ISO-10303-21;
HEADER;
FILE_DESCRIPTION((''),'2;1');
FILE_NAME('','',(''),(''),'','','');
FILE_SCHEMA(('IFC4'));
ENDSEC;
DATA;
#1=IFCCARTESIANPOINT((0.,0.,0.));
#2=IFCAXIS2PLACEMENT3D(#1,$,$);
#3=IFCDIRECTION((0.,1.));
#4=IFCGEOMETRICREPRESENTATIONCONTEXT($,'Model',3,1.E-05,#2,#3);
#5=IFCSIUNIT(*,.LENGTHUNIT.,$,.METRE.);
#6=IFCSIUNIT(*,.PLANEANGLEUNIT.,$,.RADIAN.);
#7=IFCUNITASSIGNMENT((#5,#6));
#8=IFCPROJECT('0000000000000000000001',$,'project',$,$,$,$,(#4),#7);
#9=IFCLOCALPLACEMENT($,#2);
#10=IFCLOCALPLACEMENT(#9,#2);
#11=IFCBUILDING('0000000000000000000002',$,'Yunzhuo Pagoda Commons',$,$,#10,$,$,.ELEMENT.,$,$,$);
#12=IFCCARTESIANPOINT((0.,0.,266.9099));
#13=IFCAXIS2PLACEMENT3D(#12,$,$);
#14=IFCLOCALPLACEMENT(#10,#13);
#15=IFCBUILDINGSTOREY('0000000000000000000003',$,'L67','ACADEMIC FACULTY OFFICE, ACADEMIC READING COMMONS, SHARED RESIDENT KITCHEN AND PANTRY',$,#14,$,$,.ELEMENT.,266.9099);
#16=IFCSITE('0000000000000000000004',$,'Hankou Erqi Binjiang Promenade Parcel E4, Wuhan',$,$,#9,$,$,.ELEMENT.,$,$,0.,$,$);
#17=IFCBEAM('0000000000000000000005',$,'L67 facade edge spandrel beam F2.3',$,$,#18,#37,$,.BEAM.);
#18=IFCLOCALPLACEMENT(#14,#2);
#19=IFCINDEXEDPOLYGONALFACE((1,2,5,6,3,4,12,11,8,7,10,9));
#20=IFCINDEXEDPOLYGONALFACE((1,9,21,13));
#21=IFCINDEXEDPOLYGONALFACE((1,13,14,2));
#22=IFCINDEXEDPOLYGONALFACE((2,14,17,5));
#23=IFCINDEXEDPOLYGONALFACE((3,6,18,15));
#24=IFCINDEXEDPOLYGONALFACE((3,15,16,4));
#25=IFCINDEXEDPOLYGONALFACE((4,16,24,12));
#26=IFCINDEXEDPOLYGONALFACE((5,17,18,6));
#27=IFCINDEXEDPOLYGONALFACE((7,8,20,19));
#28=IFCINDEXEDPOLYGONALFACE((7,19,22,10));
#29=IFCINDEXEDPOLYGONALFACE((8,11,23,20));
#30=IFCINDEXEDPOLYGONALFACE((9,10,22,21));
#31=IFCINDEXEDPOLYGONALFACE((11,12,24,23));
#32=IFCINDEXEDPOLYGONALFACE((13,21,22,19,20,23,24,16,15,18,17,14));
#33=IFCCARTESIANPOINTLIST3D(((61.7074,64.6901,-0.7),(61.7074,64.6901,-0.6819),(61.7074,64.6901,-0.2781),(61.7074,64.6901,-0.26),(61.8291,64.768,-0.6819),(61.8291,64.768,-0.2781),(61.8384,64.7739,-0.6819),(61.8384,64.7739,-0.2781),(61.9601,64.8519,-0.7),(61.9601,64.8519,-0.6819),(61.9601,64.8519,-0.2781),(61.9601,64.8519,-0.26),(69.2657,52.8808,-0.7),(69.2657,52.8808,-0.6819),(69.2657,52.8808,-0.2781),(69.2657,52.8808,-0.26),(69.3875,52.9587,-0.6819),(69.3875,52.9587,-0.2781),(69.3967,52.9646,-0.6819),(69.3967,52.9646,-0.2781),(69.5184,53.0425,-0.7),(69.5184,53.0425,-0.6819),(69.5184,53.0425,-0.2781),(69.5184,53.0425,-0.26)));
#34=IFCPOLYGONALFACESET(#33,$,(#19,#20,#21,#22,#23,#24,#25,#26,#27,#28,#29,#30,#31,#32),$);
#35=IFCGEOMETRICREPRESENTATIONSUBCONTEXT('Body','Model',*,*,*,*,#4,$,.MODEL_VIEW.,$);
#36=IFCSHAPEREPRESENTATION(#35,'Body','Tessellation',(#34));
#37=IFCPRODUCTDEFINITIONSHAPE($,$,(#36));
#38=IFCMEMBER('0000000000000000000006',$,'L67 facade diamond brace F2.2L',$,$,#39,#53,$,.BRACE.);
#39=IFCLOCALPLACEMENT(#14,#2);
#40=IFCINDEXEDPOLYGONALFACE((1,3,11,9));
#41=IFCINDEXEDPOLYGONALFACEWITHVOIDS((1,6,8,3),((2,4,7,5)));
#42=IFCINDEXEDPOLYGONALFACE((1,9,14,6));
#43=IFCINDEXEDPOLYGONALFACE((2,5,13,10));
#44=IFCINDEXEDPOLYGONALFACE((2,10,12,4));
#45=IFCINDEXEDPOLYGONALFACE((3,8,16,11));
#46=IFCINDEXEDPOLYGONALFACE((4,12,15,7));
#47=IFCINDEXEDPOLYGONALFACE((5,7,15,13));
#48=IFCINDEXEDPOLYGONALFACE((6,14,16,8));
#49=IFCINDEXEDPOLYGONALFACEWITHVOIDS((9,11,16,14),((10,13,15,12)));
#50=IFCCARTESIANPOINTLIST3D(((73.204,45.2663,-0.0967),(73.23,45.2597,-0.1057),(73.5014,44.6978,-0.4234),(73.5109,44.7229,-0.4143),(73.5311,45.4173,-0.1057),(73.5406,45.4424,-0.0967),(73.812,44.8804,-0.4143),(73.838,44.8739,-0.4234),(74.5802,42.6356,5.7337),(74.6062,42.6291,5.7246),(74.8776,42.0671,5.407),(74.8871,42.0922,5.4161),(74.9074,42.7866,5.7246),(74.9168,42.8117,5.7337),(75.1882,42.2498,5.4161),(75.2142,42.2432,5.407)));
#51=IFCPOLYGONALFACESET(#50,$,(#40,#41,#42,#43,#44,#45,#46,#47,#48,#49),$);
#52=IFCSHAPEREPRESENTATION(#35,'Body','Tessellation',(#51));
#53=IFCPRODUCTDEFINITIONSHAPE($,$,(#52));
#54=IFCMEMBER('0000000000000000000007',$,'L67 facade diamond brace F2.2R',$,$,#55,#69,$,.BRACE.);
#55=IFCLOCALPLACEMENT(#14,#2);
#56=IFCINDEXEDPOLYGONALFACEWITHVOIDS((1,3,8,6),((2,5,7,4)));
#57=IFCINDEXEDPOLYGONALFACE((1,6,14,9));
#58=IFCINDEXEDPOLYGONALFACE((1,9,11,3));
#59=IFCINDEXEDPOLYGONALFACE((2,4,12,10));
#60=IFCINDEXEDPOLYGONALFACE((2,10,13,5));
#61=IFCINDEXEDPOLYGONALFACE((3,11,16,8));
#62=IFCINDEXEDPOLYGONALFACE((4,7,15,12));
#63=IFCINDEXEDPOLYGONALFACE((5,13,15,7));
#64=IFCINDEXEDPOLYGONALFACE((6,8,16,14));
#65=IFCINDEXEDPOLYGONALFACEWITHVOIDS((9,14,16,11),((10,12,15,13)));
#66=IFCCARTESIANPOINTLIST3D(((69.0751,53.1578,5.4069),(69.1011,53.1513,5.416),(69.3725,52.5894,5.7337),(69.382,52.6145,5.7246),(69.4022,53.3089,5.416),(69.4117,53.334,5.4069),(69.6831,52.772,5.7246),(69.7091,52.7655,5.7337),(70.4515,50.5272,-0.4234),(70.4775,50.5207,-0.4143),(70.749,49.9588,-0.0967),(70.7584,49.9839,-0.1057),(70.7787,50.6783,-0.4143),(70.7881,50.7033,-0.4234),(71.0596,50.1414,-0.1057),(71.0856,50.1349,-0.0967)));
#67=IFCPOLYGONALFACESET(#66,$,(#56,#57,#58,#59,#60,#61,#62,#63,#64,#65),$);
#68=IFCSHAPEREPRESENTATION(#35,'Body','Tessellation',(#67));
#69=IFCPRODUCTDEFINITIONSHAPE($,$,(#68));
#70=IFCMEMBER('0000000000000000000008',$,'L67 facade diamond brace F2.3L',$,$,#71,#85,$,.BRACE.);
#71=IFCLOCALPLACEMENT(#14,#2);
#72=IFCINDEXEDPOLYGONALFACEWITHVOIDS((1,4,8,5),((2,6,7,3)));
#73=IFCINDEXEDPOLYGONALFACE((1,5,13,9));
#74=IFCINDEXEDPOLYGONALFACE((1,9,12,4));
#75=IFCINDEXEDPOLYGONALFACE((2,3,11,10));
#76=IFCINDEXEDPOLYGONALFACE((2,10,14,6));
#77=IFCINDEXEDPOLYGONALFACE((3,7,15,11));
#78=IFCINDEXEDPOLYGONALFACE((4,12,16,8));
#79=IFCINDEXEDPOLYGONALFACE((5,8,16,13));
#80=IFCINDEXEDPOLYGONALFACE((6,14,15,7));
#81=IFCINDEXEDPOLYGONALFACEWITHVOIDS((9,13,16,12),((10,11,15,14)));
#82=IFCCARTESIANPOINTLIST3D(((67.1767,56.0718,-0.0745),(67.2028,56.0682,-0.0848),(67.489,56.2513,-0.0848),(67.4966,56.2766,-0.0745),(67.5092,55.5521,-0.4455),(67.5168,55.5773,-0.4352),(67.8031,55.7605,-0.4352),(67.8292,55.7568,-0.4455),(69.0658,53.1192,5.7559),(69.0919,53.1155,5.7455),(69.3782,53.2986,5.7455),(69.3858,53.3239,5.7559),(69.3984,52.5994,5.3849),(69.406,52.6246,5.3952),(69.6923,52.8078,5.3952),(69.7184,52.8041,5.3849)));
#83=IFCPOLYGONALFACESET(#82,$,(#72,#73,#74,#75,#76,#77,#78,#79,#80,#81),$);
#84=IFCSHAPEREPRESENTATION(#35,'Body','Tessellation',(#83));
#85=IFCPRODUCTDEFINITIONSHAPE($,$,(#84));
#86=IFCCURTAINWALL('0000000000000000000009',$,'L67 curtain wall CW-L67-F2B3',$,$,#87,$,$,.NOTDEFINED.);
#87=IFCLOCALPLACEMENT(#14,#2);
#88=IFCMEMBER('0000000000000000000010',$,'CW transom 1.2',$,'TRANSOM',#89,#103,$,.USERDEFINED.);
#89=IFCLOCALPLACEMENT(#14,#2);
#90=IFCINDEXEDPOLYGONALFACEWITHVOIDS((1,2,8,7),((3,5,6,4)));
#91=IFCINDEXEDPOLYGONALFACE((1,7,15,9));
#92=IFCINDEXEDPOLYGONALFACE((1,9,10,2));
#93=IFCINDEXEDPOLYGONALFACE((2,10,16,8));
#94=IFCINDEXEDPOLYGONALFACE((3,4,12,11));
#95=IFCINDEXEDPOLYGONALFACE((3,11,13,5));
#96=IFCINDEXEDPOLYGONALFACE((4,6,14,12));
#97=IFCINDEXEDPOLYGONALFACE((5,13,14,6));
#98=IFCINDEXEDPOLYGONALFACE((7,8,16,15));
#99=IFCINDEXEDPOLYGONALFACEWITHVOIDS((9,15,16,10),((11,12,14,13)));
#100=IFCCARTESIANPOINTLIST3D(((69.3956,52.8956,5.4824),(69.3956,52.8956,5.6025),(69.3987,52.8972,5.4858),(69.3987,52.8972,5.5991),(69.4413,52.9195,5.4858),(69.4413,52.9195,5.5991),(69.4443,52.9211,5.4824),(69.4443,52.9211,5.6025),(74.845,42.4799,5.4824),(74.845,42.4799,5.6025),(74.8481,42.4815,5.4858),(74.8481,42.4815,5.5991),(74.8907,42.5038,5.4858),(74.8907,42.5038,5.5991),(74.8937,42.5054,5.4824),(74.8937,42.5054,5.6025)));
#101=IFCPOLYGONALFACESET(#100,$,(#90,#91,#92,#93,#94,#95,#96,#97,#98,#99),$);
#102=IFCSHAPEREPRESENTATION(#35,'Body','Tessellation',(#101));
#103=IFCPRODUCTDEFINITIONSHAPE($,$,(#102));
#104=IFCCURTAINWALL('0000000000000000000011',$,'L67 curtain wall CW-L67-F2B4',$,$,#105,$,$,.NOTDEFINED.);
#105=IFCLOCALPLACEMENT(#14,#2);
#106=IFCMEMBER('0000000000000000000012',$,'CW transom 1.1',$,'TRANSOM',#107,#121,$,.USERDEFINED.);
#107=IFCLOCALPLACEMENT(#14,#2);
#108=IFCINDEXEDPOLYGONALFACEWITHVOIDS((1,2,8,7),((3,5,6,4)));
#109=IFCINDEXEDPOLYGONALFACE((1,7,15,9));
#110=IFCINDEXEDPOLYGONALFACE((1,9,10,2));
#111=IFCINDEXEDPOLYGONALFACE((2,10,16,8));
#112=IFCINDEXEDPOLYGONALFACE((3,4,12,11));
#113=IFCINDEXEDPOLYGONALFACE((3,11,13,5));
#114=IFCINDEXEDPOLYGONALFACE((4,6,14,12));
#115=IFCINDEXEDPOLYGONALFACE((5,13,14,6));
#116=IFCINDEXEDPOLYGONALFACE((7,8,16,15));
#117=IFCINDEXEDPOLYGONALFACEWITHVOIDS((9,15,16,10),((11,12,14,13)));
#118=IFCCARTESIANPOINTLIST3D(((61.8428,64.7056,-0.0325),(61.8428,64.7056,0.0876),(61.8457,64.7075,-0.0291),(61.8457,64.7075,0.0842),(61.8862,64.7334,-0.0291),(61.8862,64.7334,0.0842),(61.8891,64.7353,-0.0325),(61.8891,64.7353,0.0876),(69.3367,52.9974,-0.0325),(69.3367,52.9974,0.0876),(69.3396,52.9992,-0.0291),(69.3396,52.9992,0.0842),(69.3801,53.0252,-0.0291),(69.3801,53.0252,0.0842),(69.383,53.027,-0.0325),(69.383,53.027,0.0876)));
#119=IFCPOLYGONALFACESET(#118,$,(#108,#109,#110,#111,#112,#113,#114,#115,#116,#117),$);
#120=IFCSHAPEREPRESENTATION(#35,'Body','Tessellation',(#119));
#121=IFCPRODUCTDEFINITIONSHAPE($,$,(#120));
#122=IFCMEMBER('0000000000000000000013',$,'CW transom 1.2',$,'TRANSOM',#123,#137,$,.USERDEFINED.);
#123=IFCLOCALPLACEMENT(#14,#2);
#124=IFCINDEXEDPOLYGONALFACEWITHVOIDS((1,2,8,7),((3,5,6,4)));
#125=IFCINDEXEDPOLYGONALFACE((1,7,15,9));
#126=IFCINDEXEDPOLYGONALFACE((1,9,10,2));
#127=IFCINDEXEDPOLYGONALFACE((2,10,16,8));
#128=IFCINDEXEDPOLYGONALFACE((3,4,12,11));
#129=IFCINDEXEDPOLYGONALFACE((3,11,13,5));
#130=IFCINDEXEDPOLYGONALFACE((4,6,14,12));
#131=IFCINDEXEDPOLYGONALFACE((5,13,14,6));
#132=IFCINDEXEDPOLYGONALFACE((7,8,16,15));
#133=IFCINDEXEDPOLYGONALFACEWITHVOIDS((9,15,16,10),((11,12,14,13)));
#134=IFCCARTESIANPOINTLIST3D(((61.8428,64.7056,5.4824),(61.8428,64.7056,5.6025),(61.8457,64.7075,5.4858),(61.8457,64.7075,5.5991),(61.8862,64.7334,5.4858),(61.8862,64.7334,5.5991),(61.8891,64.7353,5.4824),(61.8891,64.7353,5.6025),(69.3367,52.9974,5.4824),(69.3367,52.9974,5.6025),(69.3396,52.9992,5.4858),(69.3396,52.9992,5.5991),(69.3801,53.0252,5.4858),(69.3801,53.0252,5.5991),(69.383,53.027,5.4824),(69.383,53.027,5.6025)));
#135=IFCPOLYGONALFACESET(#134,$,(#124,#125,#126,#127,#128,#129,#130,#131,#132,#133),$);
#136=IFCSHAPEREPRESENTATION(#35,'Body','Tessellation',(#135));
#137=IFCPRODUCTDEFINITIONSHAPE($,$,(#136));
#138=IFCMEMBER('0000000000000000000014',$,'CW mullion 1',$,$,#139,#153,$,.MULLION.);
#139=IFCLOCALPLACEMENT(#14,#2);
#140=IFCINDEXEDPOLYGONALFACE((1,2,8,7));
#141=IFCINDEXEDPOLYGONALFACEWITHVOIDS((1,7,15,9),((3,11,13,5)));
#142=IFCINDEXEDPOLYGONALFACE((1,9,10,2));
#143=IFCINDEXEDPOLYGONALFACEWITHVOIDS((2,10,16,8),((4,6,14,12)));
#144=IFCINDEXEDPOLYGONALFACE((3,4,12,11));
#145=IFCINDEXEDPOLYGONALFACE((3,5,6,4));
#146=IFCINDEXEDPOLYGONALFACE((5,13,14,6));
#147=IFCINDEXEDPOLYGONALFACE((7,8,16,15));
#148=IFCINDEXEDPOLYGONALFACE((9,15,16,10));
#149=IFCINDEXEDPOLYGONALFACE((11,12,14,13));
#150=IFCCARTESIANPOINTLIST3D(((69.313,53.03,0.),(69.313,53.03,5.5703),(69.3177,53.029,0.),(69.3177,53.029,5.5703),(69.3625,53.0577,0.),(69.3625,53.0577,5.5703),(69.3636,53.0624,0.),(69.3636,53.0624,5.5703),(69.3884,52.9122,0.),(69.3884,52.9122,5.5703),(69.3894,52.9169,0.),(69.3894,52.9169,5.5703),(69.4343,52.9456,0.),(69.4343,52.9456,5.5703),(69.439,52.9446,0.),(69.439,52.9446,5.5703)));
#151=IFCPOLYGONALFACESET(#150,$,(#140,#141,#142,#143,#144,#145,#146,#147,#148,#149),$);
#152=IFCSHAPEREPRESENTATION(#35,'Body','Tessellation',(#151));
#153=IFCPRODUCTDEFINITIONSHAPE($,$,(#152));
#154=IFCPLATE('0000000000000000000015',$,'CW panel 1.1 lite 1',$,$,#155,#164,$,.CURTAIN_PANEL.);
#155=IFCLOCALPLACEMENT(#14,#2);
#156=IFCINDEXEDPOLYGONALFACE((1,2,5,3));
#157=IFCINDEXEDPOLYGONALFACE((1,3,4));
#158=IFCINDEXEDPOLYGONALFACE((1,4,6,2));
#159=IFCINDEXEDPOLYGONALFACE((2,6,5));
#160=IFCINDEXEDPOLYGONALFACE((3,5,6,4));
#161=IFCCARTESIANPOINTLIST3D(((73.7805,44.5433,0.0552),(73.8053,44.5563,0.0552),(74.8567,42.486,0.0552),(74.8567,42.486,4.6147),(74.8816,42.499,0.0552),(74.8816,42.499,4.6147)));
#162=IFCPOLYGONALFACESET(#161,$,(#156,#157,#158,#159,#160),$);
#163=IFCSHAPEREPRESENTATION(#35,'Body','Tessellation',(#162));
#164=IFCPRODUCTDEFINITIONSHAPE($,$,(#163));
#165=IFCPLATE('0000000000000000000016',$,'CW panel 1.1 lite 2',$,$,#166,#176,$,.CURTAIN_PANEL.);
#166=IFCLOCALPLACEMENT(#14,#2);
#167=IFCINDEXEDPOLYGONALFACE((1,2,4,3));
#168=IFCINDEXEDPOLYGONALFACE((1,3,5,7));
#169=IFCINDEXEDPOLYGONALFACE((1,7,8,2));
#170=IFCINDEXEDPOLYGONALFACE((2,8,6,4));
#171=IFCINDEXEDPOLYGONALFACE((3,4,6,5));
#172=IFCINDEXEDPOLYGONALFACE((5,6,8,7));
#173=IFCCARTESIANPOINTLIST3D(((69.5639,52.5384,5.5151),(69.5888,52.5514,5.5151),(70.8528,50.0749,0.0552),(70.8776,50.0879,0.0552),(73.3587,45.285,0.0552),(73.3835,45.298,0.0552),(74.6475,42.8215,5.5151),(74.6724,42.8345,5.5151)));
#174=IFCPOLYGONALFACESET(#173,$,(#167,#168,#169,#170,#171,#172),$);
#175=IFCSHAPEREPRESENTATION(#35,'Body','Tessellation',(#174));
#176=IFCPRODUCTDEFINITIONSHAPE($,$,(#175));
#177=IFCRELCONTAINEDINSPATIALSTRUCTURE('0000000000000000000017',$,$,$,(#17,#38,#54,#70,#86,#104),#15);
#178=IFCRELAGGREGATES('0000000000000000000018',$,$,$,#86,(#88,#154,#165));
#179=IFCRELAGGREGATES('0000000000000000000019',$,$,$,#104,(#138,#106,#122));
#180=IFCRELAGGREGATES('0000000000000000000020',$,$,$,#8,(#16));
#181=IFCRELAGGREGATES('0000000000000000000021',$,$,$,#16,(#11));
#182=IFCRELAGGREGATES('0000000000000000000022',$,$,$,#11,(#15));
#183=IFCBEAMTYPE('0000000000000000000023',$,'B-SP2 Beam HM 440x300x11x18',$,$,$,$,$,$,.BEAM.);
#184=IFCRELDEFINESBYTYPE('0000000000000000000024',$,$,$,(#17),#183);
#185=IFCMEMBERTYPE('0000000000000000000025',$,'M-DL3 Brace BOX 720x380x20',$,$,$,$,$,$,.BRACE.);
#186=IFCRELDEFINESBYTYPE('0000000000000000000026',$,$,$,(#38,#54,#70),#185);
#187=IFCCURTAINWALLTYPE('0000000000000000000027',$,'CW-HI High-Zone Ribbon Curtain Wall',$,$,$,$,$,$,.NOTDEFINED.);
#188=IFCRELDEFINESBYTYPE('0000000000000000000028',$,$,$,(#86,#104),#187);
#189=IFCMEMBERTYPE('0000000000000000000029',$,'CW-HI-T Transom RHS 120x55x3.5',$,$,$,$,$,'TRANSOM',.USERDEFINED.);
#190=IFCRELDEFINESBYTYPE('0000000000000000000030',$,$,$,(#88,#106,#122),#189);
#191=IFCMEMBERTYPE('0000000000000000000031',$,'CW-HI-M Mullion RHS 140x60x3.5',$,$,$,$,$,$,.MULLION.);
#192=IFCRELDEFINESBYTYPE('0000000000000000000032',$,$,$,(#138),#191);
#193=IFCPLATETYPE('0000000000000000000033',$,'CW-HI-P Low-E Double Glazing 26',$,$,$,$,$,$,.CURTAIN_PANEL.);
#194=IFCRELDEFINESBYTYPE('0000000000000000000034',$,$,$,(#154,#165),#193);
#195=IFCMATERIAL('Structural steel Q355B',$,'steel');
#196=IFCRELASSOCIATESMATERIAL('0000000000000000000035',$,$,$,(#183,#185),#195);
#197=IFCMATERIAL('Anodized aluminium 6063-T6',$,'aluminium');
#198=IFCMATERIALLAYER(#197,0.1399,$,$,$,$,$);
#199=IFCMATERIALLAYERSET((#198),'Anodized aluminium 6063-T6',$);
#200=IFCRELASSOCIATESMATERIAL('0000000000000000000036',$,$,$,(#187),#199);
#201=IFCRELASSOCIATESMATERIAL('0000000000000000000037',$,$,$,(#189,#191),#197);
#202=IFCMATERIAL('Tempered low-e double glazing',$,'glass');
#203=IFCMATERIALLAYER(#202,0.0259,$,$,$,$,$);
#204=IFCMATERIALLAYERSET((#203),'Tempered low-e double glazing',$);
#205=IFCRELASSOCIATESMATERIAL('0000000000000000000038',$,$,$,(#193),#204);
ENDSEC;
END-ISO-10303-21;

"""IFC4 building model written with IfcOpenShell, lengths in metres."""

from ifc_helpers import new_model, si_unit, direction, frame, origin, origin_2d, place, context, subcontext, project, spatial, polyline, hollow_rectangle, i_section, outline, extrude, source, transform, mapped, material, layer, layer_set, material_profile, profile_set, type_object, element, aggregate, save


model = new_model("IFC4")

# Units and contexts
model_context = context("Model", 3, precision=1e-05, world=origin(), true_north=direction((0.0, 1.0)))
body_context = subcontext(model_context, "Body", "Model", "MODEL_VIEW")
ifc_project = project(units=[si_unit("LENGTHUNIT", "METRE"), si_unit("PLANEANGLEUNIT", "RADIAN")], contexts=[model_context])

# Site, building, storey
site_placement = place(None, origin())
site = spatial("IfcSite", under=ifc_project, at=site_placement, Name="Hankou Erqi Binjiang Promenade Parcel E4, Wuhan", CompositionType="ELEMENT", RefElevation=0.0)
building_placement = place(site_placement, origin())
building = spatial("IfcBuilding", under=site, at=building_placement, Name="Yunzhuo Pagoda Commons", CompositionType="ELEMENT")
storey_placement = place(building_placement, frame((0.0, 0.0, 266.9099)))
storey = spatial("IfcBuildingStorey", under=building, at=storey_placement, Name="L67", Description="ACADEMIC FACULTY OFFICE, ACADEMIC READING COMMONS, SHARED RESIDENT KITCHEN AND PANTRY", CompositionType="ELEMENT", Elevation=266.9099)

# Shared definitions
ifc_material_1 = material(Name="Structural steel Q355B", Category="steel")

# Beam
ifc_material_profile_1 = material_profile(ifc_material_1, i_section(OverallWidth=0.3, OverallDepth=0.4399, WebThickness=0.011, FlangeThickness=0.0181, at=origin_2d()), Name="Structural steel Q355B")
ifc_profile_set_1 = profile_set([ifc_material_profile_1], Name="Structural steel Q355B")
beam_type_1 = type_object("IfcBeamType", Name="B-SP2 Beam HM 440x300x11x18", PredefinedType="BEAM", material=ifc_profile_set_1)
shared_shape_1 = source(origin(), body_context, "Body", "SweptSolid", [
    extrude(i_section(OverallWidth=0.3, OverallDepth=0.4399, WebThickness=0.011, FlangeThickness=0.0181, at=origin_2d()), origin(), (0.0, 0.0, 1.0), 14.021),
])
beam_1_placement = place(storey_placement, frame((69.3921, 52.9617, -0.48), z_axis=(-0.539073, 0.842259, 0.0), x_axis=(-0.842259, -0.539073, 0.0)))
element("IfcBeam", 1, at=beam_1_placement, inside=storey, type_object=beam_type_1, Name="L67 facade edge spandrel beam F2.3", PredefinedType="BEAM", context=body_context, shape_type="MappedRepresentation", body=[
    mapped(shared_shape_1, transform((0.0, 0.0, 0.0), scale=1.0)),
])

# Members
ifc_material_profile_2 = material_profile(ifc_material_1, hollow_rectangle(XDim=0.3799, YDim=0.72, WallThickness=0.02, at=origin_2d()), Name="Structural steel Q355B")
ifc_profile_set_2 = profile_set([ifc_material_profile_2], Name="Structural steel Q355B")
member_type_1 = type_object("IfcMemberType", Name="M-DL3 Brace BOX 720x380x20", PredefinedType="BRACE", material=ifc_profile_set_2)
shared_shape_2 = source(origin(), body_context, "Body", "SweptSolid", [
    extrude(hollow_rectangle(XDim=0.3799, YDim=0.72, WallThickness=0.02, at=origin_2d()), origin(), (0.0, 0.0, 1.0), 6.5427),
])
for number, where, z_axis, x_axis, name in (
    (2, (73.521, 45.0701, -0.26), (0.210345, -0.402069, 0.89112), (0.88607, 0.463552, 0.0), "L67 facade diamond brace F2.2L"),
    (3, (70.7686, 50.3311, -0.26), (-0.21038, 0.402066, 0.891113), (-0.886036, -0.463617, 0.0), "L67 facade diamond brace F2.2R"),
):
    element("IfcMember", number, at=place(storey_placement, frame(where, z_axis=z_axis, x_axis=x_axis)), inside=storey, type_object=member_type_1, Name=name, PredefinedType="BRACE", context=body_context, shape_type="MappedRepresentation", body=[
        mapped(shared_shape_2, transform((0.0, 0.0, 0.0), scale=1.0)),
    ])
shared_shape_3 = source(origin(), body_context, "Body", "SweptSolid", [
    extrude(hollow_rectangle(XDim=0.3799, YDim=0.72, WallThickness=0.02, at=origin_2d()), origin(), (0.0, 0.0, 1.0), 6.803),
])
member_1_placement = place(storey_placement, frame((67.5029, 55.9143, -0.26), z_axis=(0.277699, -0.434025, 0.857033), x_axis=(0.84234, 0.538947, 0.0)))
element("IfcMember", 4, at=member_1_placement, inside=storey, type_object=member_type_1, Name="L67 facade diamond brace F2.3L", PredefinedType="BRACE", context=body_context, shape_type="MappedRepresentation", body=[
    mapped(shared_shape_3, transform((0.0, 0.0, 0.0), scale=1.0)),
])

# Curtain wall, member
ifc_material_2 = material(Name="Anodized aluminium 6063-T6", Category="aluminium")
ifc_layer_1 = layer(ifc_material_2, 0.1399)
ifc_layer_set_1 = layer_set([ifc_layer_1], Name="Anodized aluminium 6063-T6")
curtain_wall_type = type_object("IfcCurtainWallType", Name="CW-HI High-Zone Ribbon Curtain Wall", PredefinedType="NOTDEFINED", material=ifc_layer_set_1)
curtain_wall_1_placement = place(storey_placement, origin())
curtain_wall_1 = element("IfcCurtainWall", 5, at=curtain_wall_1_placement, inside=storey, type_object=curtain_wall_type, Name="L67 curtain wall CW-L67-F2B3", PredefinedType="NOTDEFINED")
ifc_material_profile_3 = material_profile(ifc_material_2, hollow_rectangle(XDim=0.0549, YDim=0.1201, WallThickness=0.0034, at=origin_2d()), Name="Anodized aluminium 6063-T6")
ifc_profile_set_3 = profile_set([ifc_material_profile_3], Name="Anodized aluminium 6063-T6")
member_type_2 = type_object("IfcMemberType", Name="CW-HI-T Transom RHS 120x55x3.5", ElementType="TRANSOM", PredefinedType="USERDEFINED", material=ifc_profile_set_3)
shared_shape_4 = source(origin(), body_context, "Body", "SweptSolid", [
    extrude(hollow_rectangle(XDim=0.0549, YDim=0.1201, WallThickness=0.0034, at=origin_2d()), origin(), (0.0, 0.0, 1.0), 11.7551),
])
member_2_placement = place(storey_placement, frame((74.8694, 42.4927, 5.5425), z_axis=(-0.463579, 0.886056, 0.0), x_axis=(-0.886056, -0.463579, 0.0)))
member_2 = element("IfcMember", 6, at=member_2_placement, type_object=member_type_2, Name="CW transom 1.2", ObjectType="TRANSOM", PredefinedType="USERDEFINED", context=body_context, shape_type="MappedRepresentation", body=[
    mapped(shared_shape_4, transform((0.0, 0.0, 0.0), scale=1.0)),
])

# Curtain wall, members
curtain_wall_2_placement = place(storey_placement, origin())
curtain_wall_2 = element("IfcCurtainWall", 7, at=curtain_wall_2_placement, inside=storey, type_object=curtain_wall_type, Name="L67 curtain wall CW-L67-F2B4", PredefinedType="NOTDEFINED")
shared_shape_5 = source(origin(), body_context, "Body", "SweptSolid", [
    extrude(hollow_rectangle(XDim=0.0549, YDim=0.1201, WallThickness=0.0034, at=origin_2d()), origin(), (0.0, 0.0, 1.0), 13.9011),
])
member_3_placement = place(storey_placement, frame((69.3599, 53.0122, 0.0276), z_axis=(-0.539085, 0.842251, 0.0), x_axis=(-0.842251, -0.539085, 0.0)))
member_3 = element("IfcMember", 8, at=member_3_placement, type_object=member_type_2, Name="CW transom 1.1", ObjectType="TRANSOM", PredefinedType="USERDEFINED", context=body_context, shape_type="MappedRepresentation", body=[
    mapped(shared_shape_5, transform((0.0, 0.0, 0.0), scale=1.0)),
])
member_4_placement = place(storey_placement, frame((69.3599, 53.0122, 5.5425), z_axis=(-0.539085, 0.842251, 0.0), x_axis=(-0.842251, -0.539085, 0.0)))
member_4 = element("IfcMember", 9, at=member_4_placement, type_object=member_type_2, Name="CW transom 1.2", ObjectType="TRANSOM", PredefinedType="USERDEFINED", context=body_context, shape_type="MappedRepresentation", body=[
    mapped(shared_shape_5, transform((0.0, 0.0, 0.0), scale=1.0)),
])
ifc_material_profile_4 = material_profile(ifc_material_2, hollow_rectangle(XDim=0.0601, YDim=0.1399, WallThickness=0.0034, at=origin_2d()), Name="Anodized aluminium 6063-T6")
ifc_profile_set_4 = profile_set([ifc_material_profile_4], Name="Anodized aluminium 6063-T6")
member_type_3 = type_object("IfcMemberType", Name="CW-HI-M Mullion RHS 140x60x3.5", PredefinedType="MULLION", material=ifc_profile_set_4)
shared_shape_6 = source(origin(), body_context, "Body", "SweptSolid", [
    extrude(hollow_rectangle(XDim=0.0601, YDim=0.1399, WallThickness=0.0034, at=origin_2d()), origin(), (0.0, 0.0, 1.0), 5.5703),
])
member_5_placement = place(storey_placement, frame((69.376, 52.9873, 0.0), z_axis=(0.0, 0.0, 1.0), x_axis=(-0.842256, -0.539078, 0.0)))
member_5 = element("IfcMember", 10, at=member_5_placement, type_object=member_type_3, Name="CW mullion 1", PredefinedType="MULLION", context=body_context, shape_type="MappedRepresentation", body=[
    mapped(shared_shape_6, transform((0.0, 0.0, 0.0), scale=1.0)),
])

# Plates
ifc_material_3 = material(Name="Tempered low-e double glazing", Category="glass")
ifc_layer_2 = layer(ifc_material_3, 0.0259)
ifc_layer_set_2 = layer_set([ifc_layer_2], Name="Tempered low-e double glazing")
plate_type_1 = type_object("IfcPlateType", Name="CW-HI-P Low-E Double Glazing 26", PredefinedType="CURTAIN_PANEL", material=ifc_layer_set_2)
plate_1_placement = place(storey_placement, frame((74.3186, 43.5146, 2.335), z_axis=(0.886066, 0.463559, 0.0), x_axis=(-0.463559, 0.886066, 0.0)))
plate_1 = element("IfcPlate", 11, at=plate_1_placement, type_object=plate_type_1, Name="CW panel 1.1 lite 1", PredefinedType="CURTAIN_PANEL", context=body_context, shape_type="SweptSolid", body=[
    extrude(outline(polyline([(-1.1609, -2.2798), (1.1609, -2.2798), (-1.1609, 2.2798), (-1.1609, -2.2798)])), origin(), (0.0, 0.0, 1.0), 0.0281),
])
plate_2_placement = place(storey_placement, frame((72.1057, 47.6799, 2.7852), z_axis=(0.886066, 0.463559, 0.0), x_axis=(-0.463559, 0.886066, 0.0)))
plate_2 = element("IfcPlate", 12, at=plate_2_placement, type_object=plate_type_1, Name="CW panel 1.1 lite 2", PredefinedType="CURTAIN_PANEL", context=body_context, shape_type="SweptSolid", body=[
    extrude(outline(polyline([(-5.4832, 2.73), (-2.7029, -2.73), (2.7029, -2.73), (5.4832, 2.73), (-5.4832, 2.73)])), origin(), (0.0, 0.0, 1.0), 0.0281),
])
aggregate(curtain_wall_1, [member_2, plate_1, plate_2])
aggregate(curtain_wall_2, [member_5, member_3, member_4])

save(model, "model.ifc")
